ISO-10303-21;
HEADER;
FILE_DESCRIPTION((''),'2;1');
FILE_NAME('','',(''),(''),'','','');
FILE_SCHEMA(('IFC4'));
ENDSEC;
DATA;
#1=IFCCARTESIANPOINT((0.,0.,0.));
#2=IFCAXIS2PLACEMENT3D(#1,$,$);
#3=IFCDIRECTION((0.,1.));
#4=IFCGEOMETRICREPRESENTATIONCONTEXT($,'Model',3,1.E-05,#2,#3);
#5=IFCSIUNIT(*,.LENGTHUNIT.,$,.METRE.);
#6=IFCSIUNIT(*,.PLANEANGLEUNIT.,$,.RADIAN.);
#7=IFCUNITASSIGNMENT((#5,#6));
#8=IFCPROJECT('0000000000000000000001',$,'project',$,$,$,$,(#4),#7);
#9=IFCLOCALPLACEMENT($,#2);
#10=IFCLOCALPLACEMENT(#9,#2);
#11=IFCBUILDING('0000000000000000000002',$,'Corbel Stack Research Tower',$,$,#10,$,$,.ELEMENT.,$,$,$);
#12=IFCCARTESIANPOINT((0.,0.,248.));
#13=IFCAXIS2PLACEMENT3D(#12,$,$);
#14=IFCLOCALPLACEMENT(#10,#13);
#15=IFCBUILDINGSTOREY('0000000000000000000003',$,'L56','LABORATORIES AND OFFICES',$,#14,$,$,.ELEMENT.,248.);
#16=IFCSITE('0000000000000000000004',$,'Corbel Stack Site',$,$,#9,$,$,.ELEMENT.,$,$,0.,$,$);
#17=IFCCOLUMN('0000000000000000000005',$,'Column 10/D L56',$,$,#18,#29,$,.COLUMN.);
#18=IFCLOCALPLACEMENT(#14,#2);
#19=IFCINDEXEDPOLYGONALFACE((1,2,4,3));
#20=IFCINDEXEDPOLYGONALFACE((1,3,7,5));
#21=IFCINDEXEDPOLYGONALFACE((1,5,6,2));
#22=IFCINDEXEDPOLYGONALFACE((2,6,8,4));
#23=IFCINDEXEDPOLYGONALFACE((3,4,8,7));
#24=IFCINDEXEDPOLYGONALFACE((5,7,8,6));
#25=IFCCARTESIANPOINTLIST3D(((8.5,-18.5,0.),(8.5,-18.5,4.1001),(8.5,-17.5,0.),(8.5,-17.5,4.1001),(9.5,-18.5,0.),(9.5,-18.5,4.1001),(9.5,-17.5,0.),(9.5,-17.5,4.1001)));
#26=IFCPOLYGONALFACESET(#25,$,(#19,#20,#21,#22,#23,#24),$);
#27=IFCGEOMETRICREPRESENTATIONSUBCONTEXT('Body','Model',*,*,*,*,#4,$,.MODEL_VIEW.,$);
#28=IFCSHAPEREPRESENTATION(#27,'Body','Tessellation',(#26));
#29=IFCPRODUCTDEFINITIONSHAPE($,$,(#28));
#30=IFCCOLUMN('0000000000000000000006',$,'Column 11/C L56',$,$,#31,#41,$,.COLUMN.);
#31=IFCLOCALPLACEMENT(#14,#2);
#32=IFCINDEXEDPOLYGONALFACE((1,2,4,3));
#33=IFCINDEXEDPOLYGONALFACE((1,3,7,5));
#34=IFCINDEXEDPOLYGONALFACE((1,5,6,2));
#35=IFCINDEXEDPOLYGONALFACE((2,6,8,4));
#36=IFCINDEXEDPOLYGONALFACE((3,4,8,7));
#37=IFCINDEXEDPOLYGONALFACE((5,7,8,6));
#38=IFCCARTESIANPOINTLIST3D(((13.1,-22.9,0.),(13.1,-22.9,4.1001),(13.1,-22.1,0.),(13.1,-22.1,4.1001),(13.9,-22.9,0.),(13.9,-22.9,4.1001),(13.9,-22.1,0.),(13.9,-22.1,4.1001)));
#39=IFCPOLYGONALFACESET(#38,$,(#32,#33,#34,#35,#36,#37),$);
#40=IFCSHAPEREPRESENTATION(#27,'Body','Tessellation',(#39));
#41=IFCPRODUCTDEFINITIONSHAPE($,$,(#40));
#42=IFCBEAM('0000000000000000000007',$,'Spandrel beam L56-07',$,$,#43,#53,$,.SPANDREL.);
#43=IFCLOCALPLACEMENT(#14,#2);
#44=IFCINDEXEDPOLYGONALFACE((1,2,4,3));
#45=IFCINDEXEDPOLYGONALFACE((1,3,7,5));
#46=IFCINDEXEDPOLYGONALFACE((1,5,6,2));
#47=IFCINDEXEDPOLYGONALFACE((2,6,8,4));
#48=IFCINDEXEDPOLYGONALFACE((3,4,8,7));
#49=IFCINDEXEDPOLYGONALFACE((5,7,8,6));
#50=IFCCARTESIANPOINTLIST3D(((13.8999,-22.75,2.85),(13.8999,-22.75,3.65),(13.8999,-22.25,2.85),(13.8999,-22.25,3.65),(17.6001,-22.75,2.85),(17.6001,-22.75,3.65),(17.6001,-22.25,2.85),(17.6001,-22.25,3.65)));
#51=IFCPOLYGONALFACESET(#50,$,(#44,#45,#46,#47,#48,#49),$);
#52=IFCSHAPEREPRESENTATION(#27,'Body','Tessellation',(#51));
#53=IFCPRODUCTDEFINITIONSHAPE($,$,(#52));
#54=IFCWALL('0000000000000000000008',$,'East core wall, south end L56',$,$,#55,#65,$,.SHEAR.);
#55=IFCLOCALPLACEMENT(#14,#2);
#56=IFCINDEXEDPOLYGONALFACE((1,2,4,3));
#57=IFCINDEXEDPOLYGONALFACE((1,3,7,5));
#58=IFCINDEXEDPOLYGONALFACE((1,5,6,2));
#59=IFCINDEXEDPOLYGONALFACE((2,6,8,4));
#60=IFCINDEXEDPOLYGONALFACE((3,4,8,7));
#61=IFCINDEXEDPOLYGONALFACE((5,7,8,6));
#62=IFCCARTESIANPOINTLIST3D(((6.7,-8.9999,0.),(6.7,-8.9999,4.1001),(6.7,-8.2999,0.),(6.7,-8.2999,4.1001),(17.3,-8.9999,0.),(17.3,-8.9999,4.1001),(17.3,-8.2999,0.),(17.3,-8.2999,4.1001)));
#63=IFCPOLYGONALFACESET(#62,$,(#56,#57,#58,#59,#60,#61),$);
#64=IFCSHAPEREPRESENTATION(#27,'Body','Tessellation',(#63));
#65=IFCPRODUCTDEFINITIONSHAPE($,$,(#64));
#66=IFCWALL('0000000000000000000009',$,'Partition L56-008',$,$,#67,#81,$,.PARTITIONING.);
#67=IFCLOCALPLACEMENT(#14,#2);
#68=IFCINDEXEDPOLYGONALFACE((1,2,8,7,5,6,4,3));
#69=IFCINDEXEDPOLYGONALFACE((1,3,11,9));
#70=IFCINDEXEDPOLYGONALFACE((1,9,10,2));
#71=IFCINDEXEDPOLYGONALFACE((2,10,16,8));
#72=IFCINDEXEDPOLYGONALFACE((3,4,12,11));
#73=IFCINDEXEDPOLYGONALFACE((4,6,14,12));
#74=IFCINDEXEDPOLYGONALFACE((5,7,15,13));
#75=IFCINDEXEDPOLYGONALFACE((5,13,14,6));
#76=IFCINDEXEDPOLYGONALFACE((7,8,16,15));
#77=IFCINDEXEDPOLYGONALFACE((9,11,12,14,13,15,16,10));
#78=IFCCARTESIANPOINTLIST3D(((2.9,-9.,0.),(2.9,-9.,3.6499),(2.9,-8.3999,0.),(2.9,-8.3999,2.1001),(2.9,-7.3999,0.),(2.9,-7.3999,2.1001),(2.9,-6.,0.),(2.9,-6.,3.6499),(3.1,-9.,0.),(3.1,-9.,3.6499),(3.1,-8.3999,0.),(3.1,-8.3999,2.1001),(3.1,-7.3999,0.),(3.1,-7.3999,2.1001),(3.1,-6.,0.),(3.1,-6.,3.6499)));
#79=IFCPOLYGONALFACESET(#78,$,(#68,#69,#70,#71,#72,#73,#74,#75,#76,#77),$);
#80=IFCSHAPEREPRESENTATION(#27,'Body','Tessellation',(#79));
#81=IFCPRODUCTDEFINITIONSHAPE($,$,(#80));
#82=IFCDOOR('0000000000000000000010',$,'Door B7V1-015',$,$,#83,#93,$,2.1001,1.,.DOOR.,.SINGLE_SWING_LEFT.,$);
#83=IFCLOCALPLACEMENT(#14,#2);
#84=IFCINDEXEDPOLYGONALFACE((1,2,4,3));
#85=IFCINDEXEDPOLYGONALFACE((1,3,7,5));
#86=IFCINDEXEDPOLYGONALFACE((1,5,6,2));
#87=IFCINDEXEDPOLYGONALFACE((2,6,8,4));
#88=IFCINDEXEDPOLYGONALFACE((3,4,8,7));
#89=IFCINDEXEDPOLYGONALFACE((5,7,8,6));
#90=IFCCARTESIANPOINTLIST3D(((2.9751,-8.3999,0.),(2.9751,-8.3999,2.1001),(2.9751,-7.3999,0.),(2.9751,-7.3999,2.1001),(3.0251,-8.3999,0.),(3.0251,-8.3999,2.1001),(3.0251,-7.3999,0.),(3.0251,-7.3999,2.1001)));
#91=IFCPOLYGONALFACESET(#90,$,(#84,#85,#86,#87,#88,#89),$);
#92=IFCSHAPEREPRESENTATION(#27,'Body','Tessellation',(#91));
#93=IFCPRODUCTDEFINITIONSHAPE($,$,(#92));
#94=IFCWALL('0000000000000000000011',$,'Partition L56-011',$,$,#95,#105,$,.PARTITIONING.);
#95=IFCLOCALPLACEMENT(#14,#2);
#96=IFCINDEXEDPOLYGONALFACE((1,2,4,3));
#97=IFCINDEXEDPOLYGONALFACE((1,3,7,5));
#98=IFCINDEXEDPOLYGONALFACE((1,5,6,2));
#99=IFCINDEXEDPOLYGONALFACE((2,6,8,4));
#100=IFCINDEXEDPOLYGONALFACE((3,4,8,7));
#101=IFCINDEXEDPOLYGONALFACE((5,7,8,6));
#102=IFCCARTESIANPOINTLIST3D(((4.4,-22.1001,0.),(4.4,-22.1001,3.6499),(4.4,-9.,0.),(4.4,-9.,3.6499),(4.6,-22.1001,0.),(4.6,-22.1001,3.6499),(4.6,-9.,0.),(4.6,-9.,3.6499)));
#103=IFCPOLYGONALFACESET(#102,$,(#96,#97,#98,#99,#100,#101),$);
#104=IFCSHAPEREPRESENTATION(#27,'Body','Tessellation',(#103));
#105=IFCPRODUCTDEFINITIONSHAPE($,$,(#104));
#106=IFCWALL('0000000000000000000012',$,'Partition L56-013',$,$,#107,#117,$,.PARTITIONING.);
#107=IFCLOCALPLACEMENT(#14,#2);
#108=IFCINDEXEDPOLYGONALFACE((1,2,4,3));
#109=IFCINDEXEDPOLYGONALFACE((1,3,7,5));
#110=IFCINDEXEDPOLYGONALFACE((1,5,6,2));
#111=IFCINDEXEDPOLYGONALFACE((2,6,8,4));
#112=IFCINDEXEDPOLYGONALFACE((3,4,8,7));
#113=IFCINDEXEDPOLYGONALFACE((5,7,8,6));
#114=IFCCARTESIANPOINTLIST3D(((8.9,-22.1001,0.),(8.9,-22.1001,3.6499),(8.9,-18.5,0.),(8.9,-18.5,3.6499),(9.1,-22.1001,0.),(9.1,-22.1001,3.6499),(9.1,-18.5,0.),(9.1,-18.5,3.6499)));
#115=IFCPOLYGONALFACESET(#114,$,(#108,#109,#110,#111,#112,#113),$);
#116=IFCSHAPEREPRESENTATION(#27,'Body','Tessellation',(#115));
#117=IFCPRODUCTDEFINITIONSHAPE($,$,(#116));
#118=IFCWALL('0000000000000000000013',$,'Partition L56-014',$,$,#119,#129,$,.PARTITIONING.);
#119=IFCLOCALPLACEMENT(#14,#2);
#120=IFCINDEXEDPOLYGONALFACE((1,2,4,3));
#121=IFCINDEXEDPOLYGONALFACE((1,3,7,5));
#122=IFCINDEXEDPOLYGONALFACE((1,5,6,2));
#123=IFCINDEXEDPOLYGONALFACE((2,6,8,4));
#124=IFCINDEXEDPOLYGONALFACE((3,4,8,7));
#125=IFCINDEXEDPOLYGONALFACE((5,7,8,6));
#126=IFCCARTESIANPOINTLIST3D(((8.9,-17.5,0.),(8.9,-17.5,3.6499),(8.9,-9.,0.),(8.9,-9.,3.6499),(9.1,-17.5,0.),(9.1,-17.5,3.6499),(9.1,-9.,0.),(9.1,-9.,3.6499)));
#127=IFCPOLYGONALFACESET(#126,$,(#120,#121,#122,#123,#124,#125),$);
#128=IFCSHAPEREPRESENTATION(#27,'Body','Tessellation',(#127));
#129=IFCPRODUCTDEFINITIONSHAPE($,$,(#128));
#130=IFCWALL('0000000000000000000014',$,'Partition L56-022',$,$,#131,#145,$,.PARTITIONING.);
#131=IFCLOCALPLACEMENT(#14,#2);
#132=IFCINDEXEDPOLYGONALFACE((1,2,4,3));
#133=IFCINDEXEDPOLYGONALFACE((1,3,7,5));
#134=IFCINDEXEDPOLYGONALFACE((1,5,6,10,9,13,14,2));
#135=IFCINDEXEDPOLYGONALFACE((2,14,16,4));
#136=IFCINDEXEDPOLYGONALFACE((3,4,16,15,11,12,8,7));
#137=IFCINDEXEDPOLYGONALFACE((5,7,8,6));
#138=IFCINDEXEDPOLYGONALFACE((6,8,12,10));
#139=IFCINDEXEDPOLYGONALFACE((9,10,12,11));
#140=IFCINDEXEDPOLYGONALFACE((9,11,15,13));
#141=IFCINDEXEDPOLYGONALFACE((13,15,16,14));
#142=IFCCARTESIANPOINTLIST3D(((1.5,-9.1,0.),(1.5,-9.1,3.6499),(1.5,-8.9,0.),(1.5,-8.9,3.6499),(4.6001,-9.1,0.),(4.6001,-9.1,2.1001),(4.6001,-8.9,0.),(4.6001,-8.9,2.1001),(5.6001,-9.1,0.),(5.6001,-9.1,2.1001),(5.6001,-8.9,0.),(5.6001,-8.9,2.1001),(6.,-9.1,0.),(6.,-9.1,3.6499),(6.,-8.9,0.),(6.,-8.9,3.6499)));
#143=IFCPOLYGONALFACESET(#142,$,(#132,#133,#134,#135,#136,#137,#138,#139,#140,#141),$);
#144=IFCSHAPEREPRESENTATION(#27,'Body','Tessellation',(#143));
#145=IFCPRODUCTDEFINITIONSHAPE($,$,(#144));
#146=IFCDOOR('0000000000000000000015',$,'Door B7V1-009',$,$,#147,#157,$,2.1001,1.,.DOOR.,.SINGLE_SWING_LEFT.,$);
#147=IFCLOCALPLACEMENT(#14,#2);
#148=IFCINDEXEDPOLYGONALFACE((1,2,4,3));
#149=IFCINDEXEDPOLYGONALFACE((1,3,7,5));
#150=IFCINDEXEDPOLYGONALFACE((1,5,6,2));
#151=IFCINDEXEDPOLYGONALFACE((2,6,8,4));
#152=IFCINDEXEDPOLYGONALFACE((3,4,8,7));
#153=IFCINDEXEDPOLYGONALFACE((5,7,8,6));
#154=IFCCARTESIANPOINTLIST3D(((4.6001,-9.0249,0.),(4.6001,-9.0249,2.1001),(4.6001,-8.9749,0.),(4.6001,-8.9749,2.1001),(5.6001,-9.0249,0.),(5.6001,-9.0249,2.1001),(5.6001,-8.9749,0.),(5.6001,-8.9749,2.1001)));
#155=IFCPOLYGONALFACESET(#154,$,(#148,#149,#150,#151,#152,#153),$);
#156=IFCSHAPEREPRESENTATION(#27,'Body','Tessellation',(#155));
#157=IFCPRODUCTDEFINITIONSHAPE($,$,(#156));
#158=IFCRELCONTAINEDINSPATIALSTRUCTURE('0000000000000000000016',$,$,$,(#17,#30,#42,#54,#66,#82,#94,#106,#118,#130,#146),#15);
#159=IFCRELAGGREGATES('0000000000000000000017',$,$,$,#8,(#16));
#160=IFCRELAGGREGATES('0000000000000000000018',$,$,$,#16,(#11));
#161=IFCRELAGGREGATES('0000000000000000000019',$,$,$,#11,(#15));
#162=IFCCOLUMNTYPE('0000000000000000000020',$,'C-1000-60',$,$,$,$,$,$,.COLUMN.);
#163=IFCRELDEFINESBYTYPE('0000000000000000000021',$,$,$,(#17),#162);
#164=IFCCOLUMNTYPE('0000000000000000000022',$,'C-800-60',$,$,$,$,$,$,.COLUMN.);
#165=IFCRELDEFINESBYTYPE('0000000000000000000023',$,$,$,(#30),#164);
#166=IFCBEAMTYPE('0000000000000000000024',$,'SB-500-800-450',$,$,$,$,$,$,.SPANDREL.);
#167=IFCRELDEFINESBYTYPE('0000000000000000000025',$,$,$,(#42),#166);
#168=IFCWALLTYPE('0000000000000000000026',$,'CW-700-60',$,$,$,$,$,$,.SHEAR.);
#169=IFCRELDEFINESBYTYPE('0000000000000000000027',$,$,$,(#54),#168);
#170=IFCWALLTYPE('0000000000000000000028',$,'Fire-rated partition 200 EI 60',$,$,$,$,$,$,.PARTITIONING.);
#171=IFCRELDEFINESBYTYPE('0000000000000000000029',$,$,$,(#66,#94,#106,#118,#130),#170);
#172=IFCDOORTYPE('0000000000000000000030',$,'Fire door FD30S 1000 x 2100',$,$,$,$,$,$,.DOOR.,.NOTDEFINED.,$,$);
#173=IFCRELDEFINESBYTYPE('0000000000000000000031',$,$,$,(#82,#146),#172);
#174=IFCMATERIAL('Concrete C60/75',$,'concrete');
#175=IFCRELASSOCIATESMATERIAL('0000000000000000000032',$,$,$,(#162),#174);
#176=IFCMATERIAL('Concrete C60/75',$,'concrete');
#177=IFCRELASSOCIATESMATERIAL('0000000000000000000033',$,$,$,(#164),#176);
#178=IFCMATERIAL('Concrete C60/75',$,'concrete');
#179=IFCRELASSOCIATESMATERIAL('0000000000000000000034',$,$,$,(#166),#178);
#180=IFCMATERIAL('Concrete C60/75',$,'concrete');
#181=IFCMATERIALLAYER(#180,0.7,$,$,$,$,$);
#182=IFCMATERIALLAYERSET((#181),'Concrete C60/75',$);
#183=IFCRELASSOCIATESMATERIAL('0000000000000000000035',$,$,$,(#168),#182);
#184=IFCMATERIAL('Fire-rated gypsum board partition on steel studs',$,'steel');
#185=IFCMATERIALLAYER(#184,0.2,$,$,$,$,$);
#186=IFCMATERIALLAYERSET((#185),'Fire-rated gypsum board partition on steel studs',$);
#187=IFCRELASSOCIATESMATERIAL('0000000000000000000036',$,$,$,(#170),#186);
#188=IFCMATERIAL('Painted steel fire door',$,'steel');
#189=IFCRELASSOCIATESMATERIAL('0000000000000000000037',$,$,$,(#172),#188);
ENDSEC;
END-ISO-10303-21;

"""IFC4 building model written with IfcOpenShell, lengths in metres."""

from ifc_helpers import new_model, si_unit, direction, frame, frame_2d, origin, origin_2d, place, context, subcontext, project, spatial, rectangle, extrude, material, layer, layer_set, material_profile, profile_set, type_object, element, fill, save


model = new_model("IFC4")

# Units and contexts
model_context = context("Model", 3, precision=1e-05, world=origin(), true_north=direction((0.0, 1.0)))
body_context = subcontext(model_context, "Body", "Model", "MODEL_VIEW")
ifc_project = project(units=[si_unit("LENGTHUNIT", "METRE"), si_unit("PLANEANGLEUNIT", "RADIAN")], contexts=[model_context])

# Site, building, storey
site_placement = place(None, origin())
site = spatial("IfcSite", under=ifc_project, at=site_placement, Name="Corbel Stack Site", CompositionType="ELEMENT", RefElevation=0.0)
building_placement = place(site_placement, origin())
building = spatial("IfcBuilding", under=site, at=building_placement, Name="Corbel Stack Research Tower", CompositionType="ELEMENT")
storey_placement = place(building_placement, frame((0.0, 0.0, 248.0)))
storey = spatial("IfcBuildingStorey", under=building, at=storey_placement, Name="L56", Description="LABORATORIES AND OFFICES", CompositionType="ELEMENT", Elevation=248.0)

# Columns
ifc_material_1 = material(Name="Concrete C60/75", Category="concrete")
ifc_material_profile_1 = material_profile(ifc_material_1, rectangle(XDim=1.0, YDim=1.0, at=origin_2d()), Name="RC 1000 x 1000")
ifc_profile_set_1 = profile_set([ifc_material_profile_1], Name="Concrete C60/75")
column_type_1 = type_object("IfcColumnType", Name="C-1000-60", PredefinedType="COLUMN", material=ifc_profile_set_1)
column_1_placement = place(storey_placement, frame((9.0, -18.0, 0.0), z_axis=(0.0, 0.0, 1.0), x_axis=(1.0, 0.0, 0.0)))
element("IfcColumn", 1, at=column_1_placement, inside=storey, type_object=column_type_1, Name="Column 10/D L56", PredefinedType="COLUMN", context=body_context, shape_type="SweptSolid", body=[
    extrude(rectangle(XDim=1.0, YDim=1.0, at=origin_2d()), origin(), (0.0, 0.0, 1.0), 4.1001),
])
ifc_material_2 = material(Name="Concrete C60/75", Category="concrete")
ifc_material_profile_2 = material_profile(ifc_material_2, rectangle(XDim=0.8, YDim=0.8, at=origin_2d()), Name="RC 800 x 800")
ifc_profile_set_2 = profile_set([ifc_material_profile_2], Name="Concrete C60/75")
column_type_2 = type_object("IfcColumnType", Name="C-800-60", PredefinedType="COLUMN", material=ifc_profile_set_2)
column_2_placement = place(storey_placement, frame((13.5, -22.5, 0.0), z_axis=(0.0, 0.0, 1.0), x_axis=(1.0, 0.0, 0.0)))
element("IfcColumn", 2, at=column_2_placement, inside=storey, type_object=column_type_2, Name="Column 11/C L56", PredefinedType="COLUMN", context=body_context, shape_type="SweptSolid", body=[
    extrude(rectangle(XDim=0.8, YDim=0.8, at=origin_2d()), origin(), (0.0, 0.0, 1.0), 4.1001),
])

# Beam
ifc_material_3 = material(Name="Concrete C60/75", Category="concrete")
ifc_material_profile_3 = material_profile(ifc_material_3, rectangle(XDim=0.5, YDim=0.8, at=origin_2d()), Name="RC 500 x 800")
ifc_profile_set_3 = profile_set([ifc_material_profile_3], Name="Concrete C60/75")
beam_type = type_object("IfcBeamType", Name="SB-500-800-450", PredefinedType="SPANDREL", material=ifc_profile_set_3)
beam_placement = place(storey_placement, frame((13.8999, -22.5, 3.25), z_axis=(1.0, 0.0, 0.0), x_axis=(0.0, 1.0, 0.0)))
element("IfcBeam", 3, at=beam_placement, inside=storey, type_object=beam_type, Name="Spandrel beam L56-07", PredefinedType="SPANDREL", context=body_context, shape_type="SweptSolid", body=[
    extrude(rectangle(XDim=0.5, YDim=0.8, at=origin_2d()), origin(), (0.0, 0.0, 1.0), 3.7002),
])

# Shared definitions
ifc_material_4 = material(Name="Concrete C60/75", Category="concrete")
ifc_layer_1 = layer(ifc_material_4, 0.7)
ifc_layer_set_1 = layer_set([ifc_layer_1], Name="Concrete C60/75")
wall_type_1 = type_object("IfcWallType", Name="CW-700-60", PredefinedType="SHEAR", material=ifc_layer_set_1)

# Wall
wall_1_placement = place(storey_placement, frame((6.7, -8.6499, 0.0), z_axis=(0.0, 0.0, 1.0), x_axis=(1.0, 0.0, 0.0)))
element("IfcWall", 4, at=wall_1_placement, inside=storey, type_object=wall_type_1, Name="East core wall, south end L56", PredefinedType="SHEAR", context=body_context, shape_type="SweptSolid", body=[
    extrude(rectangle(XDim=10.6001, YDim=0.7, at=frame_2d((5.3, 0.0))), origin(), (0.0, 0.0, 1.0), 4.1001),
])

# Wall, opening, door
ifc_material_5 = material(Name="Fire-rated gypsum board partition on steel studs", Category="steel")
ifc_layer_2 = layer(ifc_material_5, 0.2)
ifc_layer_set_2 = layer_set([ifc_layer_2], Name="Fire-rated gypsum board partition on steel studs")
wall_type_2 = type_object("IfcWallType", Name="Fire-rated partition 200 EI 60", PredefinedType="PARTITIONING", material=ifc_layer_set_2)
wall_2_placement = place(storey_placement, frame((3.0, -9.0, 0.0), z_axis=(0.0, 0.0, 1.0), x_axis=(0.0, 1.0, 0.0)))
wall_2 = element("IfcWall", 5, at=wall_2_placement, inside=storey, type_object=wall_type_2, Name="Partition L56-008", PredefinedType="PARTITIONING", context=body_context, shape_type="SweptSolid", body=[
    extrude(rectangle(XDim=3.0, YDim=0.2, at=frame_2d((1.5, 0.0))), origin(), (0.0, 0.0, 1.0), 3.6499),
])
opening_1_placement = place(wall_2_placement, frame((0.6001, 0.0, 0.0)))
opening_1 = element("IfcOpeningElement", 6, at=opening_1_placement, cuts=wall_2, PredefinedType="OPENING", context=body_context, shape_type="SweptSolid", body=[
    extrude(rectangle(XDim=1.0, YDim=2.1001, at=frame_2d((0.5, 1.05))), frame((0.0, 0.1099, 0.0), z_axis=(0.0, -1.0, 0.0), x_axis=(1.0, 0.0, 0.0)), (0.0, 0.0, 1.0), 0.22),
])
ifc_material_6 = material(Name="Painted steel fire door", Category="steel")
door_type_1 = type_object("IfcDoorType", Name="Fire door FD30S 1000 x 2100", OperationType="NOTDEFINED", PredefinedType="DOOR", material=ifc_material_6)
door_1_placement = place(opening_1_placement, origin())
door_1 = element("IfcDoor", 7, at=door_1_placement, inside=storey, type_object=door_type_1, Name="Door B7V1-015", OperationType="SINGLE_SWING_LEFT", OverallHeight=2.1001, OverallWidth=1.0, PredefinedType="DOOR", context=body_context, shape_type="SweptSolid", body=[
    extrude(rectangle(XDim=1.0, YDim=2.1001, at=frame_2d((0.5, 1.05))), frame((0.0, 0.0249, 0.0), z_axis=(0.0, -1.0, 0.0), x_axis=(1.0, 0.0, 0.0)), (0.0, 0.0, 1.0), 0.05),
])
fill(opening_1, door_1)

# Walls
wall_3_placement = place(storey_placement, frame((4.5, -22.1001, 0.0), z_axis=(0.0, 0.0, 1.0), x_axis=(0.0, 1.0, 0.0)))
element("IfcWall", 8, at=wall_3_placement, inside=storey, type_object=wall_type_2, Name="Partition L56-011", PredefinedType="PARTITIONING", context=body_context, shape_type="SweptSolid", body=[
    extrude(rectangle(XDim=13.1001, YDim=0.2, at=frame_2d((6.55, 0.0))), origin(), (0.0, 0.0, 1.0), 3.6499),
])
wall_4_placement = place(storey_placement, frame((9.0, -22.1001, 0.0), z_axis=(0.0, 0.0, 1.0), x_axis=(0.0, 1.0, 0.0)))
element("IfcWall", 9, at=wall_4_placement, inside=storey, type_object=wall_type_2, Name="Partition L56-013", PredefinedType="PARTITIONING", context=body_context, shape_type="SweptSolid", body=[
    extrude(rectangle(XDim=3.6001, YDim=0.2, at=frame_2d((1.8, 0.0))), origin(), (0.0, 0.0, 1.0), 3.6499),
])
wall_5_placement = place(storey_placement, frame((9.0, -17.5, 0.0), z_axis=(0.0, 0.0, 1.0), x_axis=(0.0, 1.0, 0.0)))
element("IfcWall", 10, at=wall_5_placement, inside=storey, type_object=wall_type_2, Name="Partition L56-014", PredefinedType="PARTITIONING", context=body_context, shape_type="SweptSolid", body=[
    extrude(rectangle(XDim=8.5, YDim=0.2, at=frame_2d((4.25, 0.0))), origin(), (0.0, 0.0, 1.0), 3.6499),
])

# Wall, opening, door
wall_6_placement = place(storey_placement, frame((6.0, -9.0, 0.0), z_axis=(0.0, 0.0, 1.0), x_axis=(-1.0, 0.0, 0.0)))
wall_6 = element("IfcWall", 11, at=wall_6_placement, inside=storey, type_object=wall_type_2, Name="Partition L56-022", PredefinedType="PARTITIONING", context=body_context, shape_type="SweptSolid", body=[
    extrude(rectangle(XDim=4.5, YDim=0.2, at=frame_2d((2.25, 0.0))), origin(), (0.0, 0.0, 1.0), 3.6499),
])
opening_2_placement = place(wall_6_placement, frame((0.3999, 0.0, 0.0)))
opening_2 = element("IfcOpeningElement", 12, at=opening_2_placement, cuts=wall_6, PredefinedType="OPENING", context=body_context, shape_type="SweptSolid", body=[
    extrude(rectangle(XDim=1.0, YDim=2.1001, at=frame_2d((0.5, 1.05))), frame((0.0, 0.1099, 0.0), z_axis=(0.0, -1.0, 0.0), x_axis=(1.0, 0.0, 0.0)), (0.0, 0.0, 1.0), 0.22),
])
door_2_placement = place(opening_2_placement, origin())
door_2 = element("IfcDoor", 13, at=door_2_placement, inside=storey, type_object=door_type_1, Name="Door B7V1-009", OperationType="SINGLE_SWING_LEFT", OverallHeight=2.1001, OverallWidth=1.0, PredefinedType="DOOR", context=body_context, shape_type="SweptSolid", body=[
    extrude(rectangle(XDim=1.0, YDim=2.1001, at=frame_2d((0.5, 1.05))), frame((0.0, 0.0249, 0.0), z_axis=(0.0, -1.0, 0.0), x_axis=(1.0, 0.0, 0.0)), (0.0, 0.0, 1.0), 0.05),
])
fill(opening_2, door_2)

save(model, "model.ifc")
